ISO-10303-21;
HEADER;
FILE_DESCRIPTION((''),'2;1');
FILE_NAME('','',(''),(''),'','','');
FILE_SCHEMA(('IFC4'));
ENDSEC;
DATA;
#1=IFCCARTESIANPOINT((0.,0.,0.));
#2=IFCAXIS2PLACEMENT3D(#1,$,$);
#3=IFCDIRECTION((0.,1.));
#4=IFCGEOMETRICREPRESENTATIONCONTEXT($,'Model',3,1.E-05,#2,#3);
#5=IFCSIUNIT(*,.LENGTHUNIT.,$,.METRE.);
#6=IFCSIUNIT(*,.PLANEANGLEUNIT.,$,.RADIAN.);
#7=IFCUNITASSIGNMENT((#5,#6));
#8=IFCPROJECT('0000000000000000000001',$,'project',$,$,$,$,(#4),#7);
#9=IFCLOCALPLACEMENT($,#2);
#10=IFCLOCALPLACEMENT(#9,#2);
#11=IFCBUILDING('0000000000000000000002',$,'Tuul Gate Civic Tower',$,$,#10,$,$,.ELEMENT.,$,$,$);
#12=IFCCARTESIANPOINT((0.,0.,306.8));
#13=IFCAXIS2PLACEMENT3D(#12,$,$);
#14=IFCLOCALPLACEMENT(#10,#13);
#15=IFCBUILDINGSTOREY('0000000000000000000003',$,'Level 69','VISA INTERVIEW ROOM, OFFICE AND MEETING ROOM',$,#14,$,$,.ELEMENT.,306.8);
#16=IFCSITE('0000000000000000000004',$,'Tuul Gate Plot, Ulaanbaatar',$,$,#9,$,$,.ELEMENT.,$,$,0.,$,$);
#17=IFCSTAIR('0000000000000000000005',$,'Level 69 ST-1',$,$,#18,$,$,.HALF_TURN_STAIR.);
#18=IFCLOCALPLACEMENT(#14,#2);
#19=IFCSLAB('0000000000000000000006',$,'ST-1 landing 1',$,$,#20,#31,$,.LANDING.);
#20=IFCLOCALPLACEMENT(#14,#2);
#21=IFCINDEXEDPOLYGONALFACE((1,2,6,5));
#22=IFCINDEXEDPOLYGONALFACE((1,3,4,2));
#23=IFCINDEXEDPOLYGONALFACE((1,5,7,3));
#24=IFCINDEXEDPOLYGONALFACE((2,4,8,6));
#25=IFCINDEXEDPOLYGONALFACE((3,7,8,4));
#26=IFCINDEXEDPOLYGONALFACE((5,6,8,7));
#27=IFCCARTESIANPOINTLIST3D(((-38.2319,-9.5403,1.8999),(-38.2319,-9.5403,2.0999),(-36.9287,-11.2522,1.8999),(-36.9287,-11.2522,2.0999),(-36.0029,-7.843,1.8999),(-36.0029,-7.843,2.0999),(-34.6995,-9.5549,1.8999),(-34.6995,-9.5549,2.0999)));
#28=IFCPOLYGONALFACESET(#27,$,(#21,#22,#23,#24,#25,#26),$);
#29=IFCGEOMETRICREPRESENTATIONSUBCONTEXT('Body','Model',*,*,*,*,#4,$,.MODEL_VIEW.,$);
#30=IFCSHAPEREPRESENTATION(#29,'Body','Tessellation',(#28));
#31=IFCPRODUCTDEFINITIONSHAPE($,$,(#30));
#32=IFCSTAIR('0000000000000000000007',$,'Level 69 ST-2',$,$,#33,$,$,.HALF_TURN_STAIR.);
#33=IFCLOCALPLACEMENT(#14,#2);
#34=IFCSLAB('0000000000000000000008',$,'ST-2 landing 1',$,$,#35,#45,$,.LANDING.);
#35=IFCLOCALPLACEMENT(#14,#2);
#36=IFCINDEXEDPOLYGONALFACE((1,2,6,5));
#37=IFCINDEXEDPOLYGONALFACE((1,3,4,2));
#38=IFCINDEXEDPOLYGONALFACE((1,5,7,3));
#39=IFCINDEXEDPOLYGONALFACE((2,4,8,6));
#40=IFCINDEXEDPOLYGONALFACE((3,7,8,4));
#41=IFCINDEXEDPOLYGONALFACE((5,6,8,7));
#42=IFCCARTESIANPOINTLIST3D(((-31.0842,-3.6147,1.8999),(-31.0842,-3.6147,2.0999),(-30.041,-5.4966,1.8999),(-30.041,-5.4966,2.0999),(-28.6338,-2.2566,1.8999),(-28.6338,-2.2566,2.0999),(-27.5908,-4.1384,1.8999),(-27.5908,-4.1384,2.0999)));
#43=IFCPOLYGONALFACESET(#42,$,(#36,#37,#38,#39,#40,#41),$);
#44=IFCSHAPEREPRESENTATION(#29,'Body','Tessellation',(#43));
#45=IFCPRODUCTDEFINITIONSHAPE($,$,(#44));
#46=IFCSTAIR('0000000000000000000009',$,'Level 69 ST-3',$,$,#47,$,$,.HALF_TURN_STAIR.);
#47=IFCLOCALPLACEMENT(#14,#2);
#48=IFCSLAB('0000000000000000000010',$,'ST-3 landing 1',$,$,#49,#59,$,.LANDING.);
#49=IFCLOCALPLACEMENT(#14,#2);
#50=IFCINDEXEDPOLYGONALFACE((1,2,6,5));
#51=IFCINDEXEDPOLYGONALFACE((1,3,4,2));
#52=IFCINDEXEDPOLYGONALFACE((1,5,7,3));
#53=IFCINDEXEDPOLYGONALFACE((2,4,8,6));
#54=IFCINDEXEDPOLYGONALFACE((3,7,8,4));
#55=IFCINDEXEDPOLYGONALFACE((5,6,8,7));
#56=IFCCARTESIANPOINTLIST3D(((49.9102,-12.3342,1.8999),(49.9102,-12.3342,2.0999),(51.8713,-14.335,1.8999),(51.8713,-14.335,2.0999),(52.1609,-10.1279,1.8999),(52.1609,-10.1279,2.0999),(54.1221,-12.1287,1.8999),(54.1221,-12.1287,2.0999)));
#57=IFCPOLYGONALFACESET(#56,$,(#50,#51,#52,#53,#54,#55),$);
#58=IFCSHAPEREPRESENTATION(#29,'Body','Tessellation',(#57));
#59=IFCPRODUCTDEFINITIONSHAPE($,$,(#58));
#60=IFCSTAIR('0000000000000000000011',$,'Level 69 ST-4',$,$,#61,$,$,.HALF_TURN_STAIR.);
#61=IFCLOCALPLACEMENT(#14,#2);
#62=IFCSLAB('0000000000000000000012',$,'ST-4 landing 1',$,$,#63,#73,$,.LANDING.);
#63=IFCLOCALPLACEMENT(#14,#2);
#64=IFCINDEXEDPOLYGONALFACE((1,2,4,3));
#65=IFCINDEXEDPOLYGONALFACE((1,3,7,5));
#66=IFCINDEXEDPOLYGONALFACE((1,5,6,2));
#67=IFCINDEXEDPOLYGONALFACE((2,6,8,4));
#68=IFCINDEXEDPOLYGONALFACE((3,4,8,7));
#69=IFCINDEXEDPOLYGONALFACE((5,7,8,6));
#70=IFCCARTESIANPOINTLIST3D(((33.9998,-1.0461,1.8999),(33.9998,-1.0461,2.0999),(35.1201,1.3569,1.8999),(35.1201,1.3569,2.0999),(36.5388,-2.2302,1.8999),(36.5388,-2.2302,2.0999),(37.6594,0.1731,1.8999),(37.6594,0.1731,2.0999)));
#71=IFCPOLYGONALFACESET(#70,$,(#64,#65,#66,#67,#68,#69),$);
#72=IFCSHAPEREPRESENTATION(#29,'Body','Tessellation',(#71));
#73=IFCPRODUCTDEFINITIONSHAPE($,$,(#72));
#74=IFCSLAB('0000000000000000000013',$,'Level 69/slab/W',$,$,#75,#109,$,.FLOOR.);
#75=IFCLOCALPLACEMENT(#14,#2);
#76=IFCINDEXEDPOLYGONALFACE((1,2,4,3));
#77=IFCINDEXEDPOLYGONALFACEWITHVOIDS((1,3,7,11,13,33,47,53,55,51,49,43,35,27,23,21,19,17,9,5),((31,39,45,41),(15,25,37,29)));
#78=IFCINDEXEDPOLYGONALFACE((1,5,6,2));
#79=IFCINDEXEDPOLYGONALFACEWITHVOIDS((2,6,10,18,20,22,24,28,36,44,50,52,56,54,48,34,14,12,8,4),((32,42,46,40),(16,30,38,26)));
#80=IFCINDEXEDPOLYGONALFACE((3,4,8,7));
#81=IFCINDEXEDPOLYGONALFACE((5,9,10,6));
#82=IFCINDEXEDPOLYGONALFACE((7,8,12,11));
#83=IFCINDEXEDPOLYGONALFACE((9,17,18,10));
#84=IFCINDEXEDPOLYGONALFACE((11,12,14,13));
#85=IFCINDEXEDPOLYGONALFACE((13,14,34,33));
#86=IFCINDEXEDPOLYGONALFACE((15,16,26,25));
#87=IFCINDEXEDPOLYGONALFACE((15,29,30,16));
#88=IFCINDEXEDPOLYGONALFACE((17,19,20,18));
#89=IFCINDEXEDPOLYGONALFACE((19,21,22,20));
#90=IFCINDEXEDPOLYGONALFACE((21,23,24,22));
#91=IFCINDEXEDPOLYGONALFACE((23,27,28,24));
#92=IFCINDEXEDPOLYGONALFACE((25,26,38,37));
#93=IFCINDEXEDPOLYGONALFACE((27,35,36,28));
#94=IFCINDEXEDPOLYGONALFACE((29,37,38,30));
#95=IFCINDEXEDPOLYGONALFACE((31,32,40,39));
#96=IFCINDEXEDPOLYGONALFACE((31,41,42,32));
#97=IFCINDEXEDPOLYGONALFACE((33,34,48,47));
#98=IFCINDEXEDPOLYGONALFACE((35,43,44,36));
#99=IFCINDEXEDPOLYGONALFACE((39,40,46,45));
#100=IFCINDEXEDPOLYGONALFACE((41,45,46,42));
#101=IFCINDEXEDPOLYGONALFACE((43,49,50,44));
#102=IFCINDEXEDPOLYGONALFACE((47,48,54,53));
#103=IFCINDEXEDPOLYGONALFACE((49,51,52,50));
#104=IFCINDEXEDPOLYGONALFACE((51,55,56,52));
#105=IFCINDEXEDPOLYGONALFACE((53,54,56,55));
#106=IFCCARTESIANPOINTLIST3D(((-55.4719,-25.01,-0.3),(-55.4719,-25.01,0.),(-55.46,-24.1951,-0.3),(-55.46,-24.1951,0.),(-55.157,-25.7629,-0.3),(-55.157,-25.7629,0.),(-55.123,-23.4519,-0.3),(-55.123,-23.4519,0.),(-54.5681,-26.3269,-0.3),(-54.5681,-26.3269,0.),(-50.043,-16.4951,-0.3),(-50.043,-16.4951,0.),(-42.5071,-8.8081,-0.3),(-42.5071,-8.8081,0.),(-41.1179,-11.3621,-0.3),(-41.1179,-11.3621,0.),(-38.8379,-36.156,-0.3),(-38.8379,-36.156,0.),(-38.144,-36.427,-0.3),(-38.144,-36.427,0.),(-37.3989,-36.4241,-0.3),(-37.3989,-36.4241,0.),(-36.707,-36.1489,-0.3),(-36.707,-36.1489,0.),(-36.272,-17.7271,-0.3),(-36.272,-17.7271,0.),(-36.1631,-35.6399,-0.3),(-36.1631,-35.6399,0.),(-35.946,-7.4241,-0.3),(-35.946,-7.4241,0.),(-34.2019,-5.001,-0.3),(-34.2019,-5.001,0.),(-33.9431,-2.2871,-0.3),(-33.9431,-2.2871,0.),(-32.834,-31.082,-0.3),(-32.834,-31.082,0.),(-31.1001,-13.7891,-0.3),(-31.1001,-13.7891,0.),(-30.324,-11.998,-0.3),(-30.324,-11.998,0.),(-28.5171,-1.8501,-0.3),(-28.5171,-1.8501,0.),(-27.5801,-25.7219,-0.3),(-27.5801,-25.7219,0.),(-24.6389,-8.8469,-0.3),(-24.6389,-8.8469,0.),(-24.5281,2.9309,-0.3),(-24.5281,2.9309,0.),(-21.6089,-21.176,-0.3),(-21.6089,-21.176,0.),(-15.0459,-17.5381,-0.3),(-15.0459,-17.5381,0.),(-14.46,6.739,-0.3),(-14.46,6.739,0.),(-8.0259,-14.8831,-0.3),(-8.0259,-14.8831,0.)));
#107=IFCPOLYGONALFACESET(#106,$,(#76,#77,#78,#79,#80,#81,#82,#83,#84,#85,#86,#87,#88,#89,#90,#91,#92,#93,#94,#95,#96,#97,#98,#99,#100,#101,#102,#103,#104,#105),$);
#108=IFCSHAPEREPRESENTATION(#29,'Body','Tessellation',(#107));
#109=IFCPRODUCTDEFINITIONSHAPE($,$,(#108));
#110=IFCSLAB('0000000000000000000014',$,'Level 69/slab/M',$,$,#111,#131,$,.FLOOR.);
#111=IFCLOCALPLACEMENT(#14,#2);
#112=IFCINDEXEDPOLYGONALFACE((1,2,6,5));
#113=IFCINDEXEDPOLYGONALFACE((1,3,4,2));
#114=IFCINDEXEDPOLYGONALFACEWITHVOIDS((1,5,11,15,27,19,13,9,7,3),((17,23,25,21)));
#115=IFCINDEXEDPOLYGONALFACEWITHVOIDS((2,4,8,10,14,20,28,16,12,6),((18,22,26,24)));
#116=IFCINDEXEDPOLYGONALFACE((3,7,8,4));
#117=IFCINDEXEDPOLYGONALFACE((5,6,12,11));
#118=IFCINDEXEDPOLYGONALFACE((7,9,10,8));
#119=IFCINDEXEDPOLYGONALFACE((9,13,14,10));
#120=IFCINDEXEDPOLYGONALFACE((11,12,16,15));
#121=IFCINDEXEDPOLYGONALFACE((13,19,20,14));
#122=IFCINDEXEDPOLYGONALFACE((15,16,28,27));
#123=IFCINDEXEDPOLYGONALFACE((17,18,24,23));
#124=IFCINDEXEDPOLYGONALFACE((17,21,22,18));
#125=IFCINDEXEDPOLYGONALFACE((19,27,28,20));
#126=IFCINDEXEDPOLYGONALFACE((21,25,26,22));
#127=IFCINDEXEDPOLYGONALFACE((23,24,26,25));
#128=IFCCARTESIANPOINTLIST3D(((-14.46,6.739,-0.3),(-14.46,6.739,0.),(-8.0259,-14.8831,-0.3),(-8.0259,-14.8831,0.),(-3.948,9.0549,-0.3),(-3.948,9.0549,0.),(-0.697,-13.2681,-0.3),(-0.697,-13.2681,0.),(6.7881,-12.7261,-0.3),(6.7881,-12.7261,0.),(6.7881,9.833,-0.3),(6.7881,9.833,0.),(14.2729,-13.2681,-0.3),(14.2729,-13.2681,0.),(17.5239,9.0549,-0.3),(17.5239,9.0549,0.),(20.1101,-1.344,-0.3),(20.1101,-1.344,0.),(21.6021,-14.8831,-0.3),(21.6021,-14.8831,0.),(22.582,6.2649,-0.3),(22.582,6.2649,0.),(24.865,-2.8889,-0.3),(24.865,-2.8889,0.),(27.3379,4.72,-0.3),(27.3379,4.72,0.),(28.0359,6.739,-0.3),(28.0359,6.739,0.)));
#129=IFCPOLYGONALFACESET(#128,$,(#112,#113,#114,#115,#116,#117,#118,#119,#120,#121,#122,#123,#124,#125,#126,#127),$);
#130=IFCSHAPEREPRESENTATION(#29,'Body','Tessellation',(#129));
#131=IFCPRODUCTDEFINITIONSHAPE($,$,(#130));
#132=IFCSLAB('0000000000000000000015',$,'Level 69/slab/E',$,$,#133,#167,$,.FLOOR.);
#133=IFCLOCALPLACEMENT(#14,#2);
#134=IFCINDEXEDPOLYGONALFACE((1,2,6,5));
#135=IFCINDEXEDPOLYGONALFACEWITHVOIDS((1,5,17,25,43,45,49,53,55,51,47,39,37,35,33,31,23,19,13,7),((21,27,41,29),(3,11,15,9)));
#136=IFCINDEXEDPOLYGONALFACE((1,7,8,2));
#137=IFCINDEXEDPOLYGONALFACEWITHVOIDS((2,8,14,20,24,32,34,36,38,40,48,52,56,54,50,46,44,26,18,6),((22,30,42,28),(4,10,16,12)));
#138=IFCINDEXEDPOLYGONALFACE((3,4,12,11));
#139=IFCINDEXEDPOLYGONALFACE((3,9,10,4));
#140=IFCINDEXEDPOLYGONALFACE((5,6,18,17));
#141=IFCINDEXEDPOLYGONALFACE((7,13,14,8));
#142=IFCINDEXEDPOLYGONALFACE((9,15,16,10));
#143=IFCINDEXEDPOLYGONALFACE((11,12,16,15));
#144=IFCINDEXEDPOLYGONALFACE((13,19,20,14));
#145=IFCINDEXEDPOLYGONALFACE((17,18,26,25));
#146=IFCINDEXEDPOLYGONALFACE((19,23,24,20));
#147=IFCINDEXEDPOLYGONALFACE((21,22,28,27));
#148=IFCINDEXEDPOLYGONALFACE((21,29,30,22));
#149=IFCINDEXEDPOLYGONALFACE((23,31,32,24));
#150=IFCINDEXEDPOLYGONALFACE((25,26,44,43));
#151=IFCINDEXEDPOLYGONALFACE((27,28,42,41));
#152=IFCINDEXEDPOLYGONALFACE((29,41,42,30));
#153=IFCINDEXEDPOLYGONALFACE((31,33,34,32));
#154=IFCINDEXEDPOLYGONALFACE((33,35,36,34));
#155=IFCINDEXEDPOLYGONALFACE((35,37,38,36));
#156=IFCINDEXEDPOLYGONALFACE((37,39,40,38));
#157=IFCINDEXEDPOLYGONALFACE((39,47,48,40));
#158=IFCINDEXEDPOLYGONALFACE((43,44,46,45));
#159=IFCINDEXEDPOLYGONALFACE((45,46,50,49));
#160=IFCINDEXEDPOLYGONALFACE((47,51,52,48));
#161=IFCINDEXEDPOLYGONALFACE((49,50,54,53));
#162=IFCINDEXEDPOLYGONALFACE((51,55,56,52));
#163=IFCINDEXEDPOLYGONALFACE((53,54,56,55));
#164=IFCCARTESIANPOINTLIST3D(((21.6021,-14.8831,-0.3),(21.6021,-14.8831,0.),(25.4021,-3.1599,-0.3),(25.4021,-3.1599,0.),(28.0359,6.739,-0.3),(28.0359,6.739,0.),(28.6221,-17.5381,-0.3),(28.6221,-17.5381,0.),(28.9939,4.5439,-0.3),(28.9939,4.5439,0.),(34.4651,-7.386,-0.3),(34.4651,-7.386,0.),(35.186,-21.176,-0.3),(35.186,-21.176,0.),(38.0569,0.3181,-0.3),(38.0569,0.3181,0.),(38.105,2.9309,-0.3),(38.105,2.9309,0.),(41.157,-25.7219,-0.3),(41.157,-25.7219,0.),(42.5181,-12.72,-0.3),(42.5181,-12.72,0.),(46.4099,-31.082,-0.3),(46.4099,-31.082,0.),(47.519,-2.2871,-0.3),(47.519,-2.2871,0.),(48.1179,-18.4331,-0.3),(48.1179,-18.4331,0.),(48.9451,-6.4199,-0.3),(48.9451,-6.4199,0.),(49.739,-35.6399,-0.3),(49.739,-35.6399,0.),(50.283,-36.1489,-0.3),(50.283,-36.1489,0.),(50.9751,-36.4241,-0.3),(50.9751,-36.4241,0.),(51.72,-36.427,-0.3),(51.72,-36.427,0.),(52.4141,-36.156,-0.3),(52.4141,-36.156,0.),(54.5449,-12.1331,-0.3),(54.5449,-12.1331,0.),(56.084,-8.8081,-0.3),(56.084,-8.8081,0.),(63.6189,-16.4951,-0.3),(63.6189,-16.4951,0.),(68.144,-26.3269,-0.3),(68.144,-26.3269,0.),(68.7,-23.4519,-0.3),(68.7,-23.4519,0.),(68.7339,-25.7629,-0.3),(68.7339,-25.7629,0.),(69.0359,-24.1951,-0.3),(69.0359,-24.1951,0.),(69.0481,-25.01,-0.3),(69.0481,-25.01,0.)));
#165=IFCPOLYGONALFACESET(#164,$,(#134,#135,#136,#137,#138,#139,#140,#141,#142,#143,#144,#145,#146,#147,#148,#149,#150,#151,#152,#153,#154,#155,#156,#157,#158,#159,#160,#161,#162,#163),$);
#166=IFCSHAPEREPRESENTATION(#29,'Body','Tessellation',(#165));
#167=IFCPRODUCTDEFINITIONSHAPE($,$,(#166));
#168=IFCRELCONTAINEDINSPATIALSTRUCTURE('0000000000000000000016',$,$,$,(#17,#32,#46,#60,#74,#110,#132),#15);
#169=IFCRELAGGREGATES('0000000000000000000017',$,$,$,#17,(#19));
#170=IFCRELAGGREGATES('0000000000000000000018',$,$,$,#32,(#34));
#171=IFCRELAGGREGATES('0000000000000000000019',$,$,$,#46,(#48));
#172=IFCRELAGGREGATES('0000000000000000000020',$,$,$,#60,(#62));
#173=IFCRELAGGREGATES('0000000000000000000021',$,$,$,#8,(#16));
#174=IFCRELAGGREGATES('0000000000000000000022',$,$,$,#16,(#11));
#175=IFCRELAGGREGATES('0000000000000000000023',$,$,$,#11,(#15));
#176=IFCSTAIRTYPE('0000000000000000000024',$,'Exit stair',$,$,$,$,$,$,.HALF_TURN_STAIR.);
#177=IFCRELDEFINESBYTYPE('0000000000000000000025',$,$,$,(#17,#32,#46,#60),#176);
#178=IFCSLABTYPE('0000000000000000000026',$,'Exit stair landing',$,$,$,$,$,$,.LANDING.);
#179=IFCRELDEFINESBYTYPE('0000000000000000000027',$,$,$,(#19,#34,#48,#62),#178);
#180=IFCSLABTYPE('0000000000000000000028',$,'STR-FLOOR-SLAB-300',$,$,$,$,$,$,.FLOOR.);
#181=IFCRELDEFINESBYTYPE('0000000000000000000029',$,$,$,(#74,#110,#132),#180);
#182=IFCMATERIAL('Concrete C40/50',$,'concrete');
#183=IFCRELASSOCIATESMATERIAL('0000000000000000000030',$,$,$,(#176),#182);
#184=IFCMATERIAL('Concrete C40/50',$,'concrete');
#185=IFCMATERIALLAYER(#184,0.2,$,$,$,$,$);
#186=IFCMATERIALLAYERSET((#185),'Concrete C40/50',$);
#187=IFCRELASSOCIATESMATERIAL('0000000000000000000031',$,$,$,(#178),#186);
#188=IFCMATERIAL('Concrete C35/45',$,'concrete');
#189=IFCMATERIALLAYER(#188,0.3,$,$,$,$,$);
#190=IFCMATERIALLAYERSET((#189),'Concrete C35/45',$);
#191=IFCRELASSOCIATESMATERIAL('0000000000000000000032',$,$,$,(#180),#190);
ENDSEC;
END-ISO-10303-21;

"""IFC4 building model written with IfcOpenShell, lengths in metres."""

from ifc_helpers import new_model, si_unit, direction, frame, origin, place, context, subcontext, project, spatial, polyline, outline, extrude, material, layer, layer_set, type_object, element, aggregate, save


model = new_model("IFC4")

# Units and contexts
model_context = context("Model", 3, precision=1e-05, world=origin(), true_north=direction((0.0, 1.0)))
body_context = subcontext(model_context, "Body", "Model", "MODEL_VIEW")
ifc_project = project(units=[si_unit("LENGTHUNIT", "METRE"), si_unit("PLANEANGLEUNIT", "RADIAN")], contexts=[model_context])

# Site, building, storey
site_placement = place(None, origin())
site = spatial("IfcSite", under=ifc_project, at=site_placement, Name="Tuul Gate Plot, Ulaanbaatar", CompositionType="ELEMENT", RefElevation=0.0)
building_placement = place(site_placement, origin())
building = spatial("IfcBuilding", under=site, at=building_placement, Name="Tuul Gate Civic Tower", CompositionType="ELEMENT")
storey_placement = place(building_placement, frame((0.0, 0.0, 306.8)))
storey = spatial("IfcBuildingStorey", under=building, at=storey_placement, Name="Level 69", Description="VISA INTERVIEW ROOM, OFFICE AND MEETING ROOM", CompositionType="ELEMENT", Elevation=306.8)

# Stairs, slabs
ifc_material_1 = material(Name="Concrete C40/50", Category="concrete")
stair_type = type_object("IfcStairType", Name="Exit stair", PredefinedType="HALF_TURN_STAIR", material=ifc_material_1)
stair_1_placement = place(storey_placement, origin())
stair_1 = element("IfcStair", 1, at=stair_1_placement, inside=storey, type_object=stair_type, Name="Level 69 ST-1", PredefinedType="HALF_TURN_STAIR")
ifc_material_2 = material(Name="Concrete C40/50", Category="concrete")
ifc_layer_1 = layer(ifc_material_2, 0.2)
ifc_layer_set_1 = layer_set([ifc_layer_1], Name="Concrete C40/50")
slab_type_1 = type_object("IfcSlabType", Name="Exit stair landing", PredefinedType="LANDING", material=ifc_layer_set_1)
slab_1_placement = place(storey_placement, frame((0.0, 0.0, 1.8999)))
slab_1 = element("IfcSlab", 2, at=slab_1_placement, type_object=slab_type_1, Name="ST-1 landing 1", PredefinedType="LANDING", context=body_context, shape_type="SweptSolid", body=[
    extrude(outline(polyline([(-34.6995, -9.5549), (-36.9287, -11.2522), (-38.2319, -9.5403), (-36.0029, -7.843), (-34.6995, -9.5549)])), origin(), (0.0, 0.0, 1.0), 0.2),
])
aggregate(stair_1, [slab_1])
stair_2_placement = place(storey_placement, origin())
stair_2 = element("IfcStair", 3, at=stair_2_placement, inside=storey, type_object=stair_type, Name="Level 69 ST-2", PredefinedType="HALF_TURN_STAIR")
slab_2_placement = place(storey_placement, frame((0.0, 0.0, 1.8999)))
slab_2 = element("IfcSlab", 4, at=slab_2_placement, type_object=slab_type_1, Name="ST-2 landing 1", PredefinedType="LANDING", context=body_context, shape_type="SweptSolid", body=[
    extrude(outline(polyline([(-27.5908, -4.1384), (-30.041, -5.4966), (-31.0842, -3.6147), (-28.6338, -2.2566), (-27.5908, -4.1384)])), origin(), (0.0, 0.0, 1.0), 0.2),
])
aggregate(stair_2, [slab_2])
stair_3_placement = place(storey_placement, origin())
stair_3 = element("IfcStair", 5, at=stair_3_placement, inside=storey, type_object=stair_type, Name="Level 69 ST-3", PredefinedType="HALF_TURN_STAIR")
slab_3_placement = place(storey_placement, frame((0.0, 0.0, 1.8999)))
slab_3 = element("IfcSlab", 6, at=slab_3_placement, type_object=slab_type_1, Name="ST-3 landing 1", PredefinedType="LANDING", context=body_context, shape_type="SweptSolid", body=[
    extrude(outline(polyline([(51.8713, -14.335), (49.9102, -12.3342), (52.1609, -10.1279), (54.1221, -12.1287), (51.8713, -14.335)])), origin(), (0.0, 0.0, 1.0), 0.2),
])
aggregate(stair_3, [slab_3])
stair_4_placement = place(storey_placement, origin())
stair_4 = element("IfcStair", 7, at=stair_4_placement, inside=storey, type_object=stair_type, Name="Level 69 ST-4", PredefinedType="HALF_TURN_STAIR")
slab_4_placement = place(storey_placement, frame((0.0, 0.0, 1.8999)))
slab_4 = element("IfcSlab", 8, at=slab_4_placement, type_object=slab_type_1, Name="ST-4 landing 1", PredefinedType="LANDING", context=body_context, shape_type="SweptSolid", body=[
    extrude(outline(polyline([(36.5388, -2.2302), (33.9998, -1.0461), (35.1201, 1.3569), (37.6594, 0.1731), (36.5388, -2.2302)])), origin(), (0.0, 0.0, 1.0), 0.2),
])
aggregate(stair_4, [slab_4])

# Slabs
ifc_material_3 = material(Name="Concrete C35/45", Category="concrete")
ifc_layer_2 = layer(ifc_material_3, 0.3)
ifc_layer_set_2 = layer_set([ifc_layer_2], Name="Concrete C35/45")
slab_type_2 = type_object("IfcSlabType", Name="STR-FLOOR-SLAB-300", PredefinedType="FLOOR", material=ifc_layer_set_2)
slab_5_placement = place(storey_placement, frame((0.0, 0.0, -0.3)))
element("IfcSlab", 9, at=slab_5_placement, inside=storey, type_object=slab_type_2, Name="Level 69/slab/W", PredefinedType="FLOOR", context=body_context, shape_type="SweptSolid", body=[
    extrude(outline(polyline([(-8.0259, -14.8831), (-14.46, 6.739), (-24.5281, 2.9309), (-33.9431, -2.2871), (-42.5071, -8.8081), (-50.043, -16.4951), (-55.123, -23.4519), (-55.46, -24.1951), (-55.4719, -25.01), (-55.157, -25.7629), (-54.5681, -26.3269), (-38.8379, -36.156), (-38.144, -36.427), (-37.3989, -36.4241), (-36.707, -36.1489), (-36.1631, -35.6399), (-32.834, -31.082), (-27.5801, -25.7219), (-21.6089, -21.176), (-15.0459, -17.5381), (-8.0259, -14.8831)]), holes=[polyline([(-31.1001, -13.7891), (-36.272, -17.7271), (-41.1179, -11.3621), (-35.946, -7.4241), (-31.1001, -13.7891)]), polyline([(-24.6389, -8.8469), (-30.324, -11.998), (-34.2019, -5.001), (-28.5171, -1.8501), (-24.6389, -8.8469)])]), origin(), (0.0, 0.0, 1.0), 0.3),
])
slab_6_placement = place(storey_placement, frame((0.0, 0.0, -0.3)))
element("IfcSlab", 10, at=slab_6_placement, inside=storey, type_object=slab_type_2, Name="Level 69/slab/M", PredefinedType="FLOOR", context=body_context, shape_type="SweptSolid", body=[
    extrude(outline(polyline([(21.6021, -14.8831), (28.0359, 6.739), (17.5239, 9.0549), (6.7881, 9.833), (-3.948, 9.0549), (-14.46, 6.739), (-8.0259, -14.8831), (-0.697, -13.2681), (6.7881, -12.7261), (14.2729, -13.2681), (21.6021, -14.8831)]), holes=[polyline([(20.1101, -1.344), (22.582, 6.2649), (27.3379, 4.72), (24.865, -2.8889), (20.1101, -1.344)])]), origin(), (0.0, 0.0, 1.0), 0.3),
])
slab_7_placement = place(storey_placement, frame((0.0, 0.0, -0.3)))
element("IfcSlab", 11, at=slab_7_placement, inside=storey, type_object=slab_type_2, Name="Level 69/slab/E", PredefinedType="FLOOR", context=body_context, shape_type="SweptSolid", body=[
    extrude(outline(polyline([(51.72, -36.427), (52.4141, -36.156), (68.144, -26.3269), (68.7339, -25.7629), (69.0481, -25.01), (69.0359, -24.1951), (68.7, -23.4519), (63.6189, -16.4951), (56.084, -8.8081), (47.519, -2.2871), (38.105, 2.9309), (28.0359, 6.739), (21.6021, -14.8831), (28.6221, -17.5381), (35.186, -21.176), (41.157, -25.7219), (46.4099, -31.082), (49.739, -35.6399), (50.283, -36.1489), (50.9751, -36.4241), (51.72, -36.427)]), holes=[polyline([(48.1179, -18.4331), (42.5181, -12.72), (48.9451, -6.4199), (54.5449, -12.1331), (48.1179, -18.4331)]), polyline([(25.4021, -3.1599), (28.9939, 4.5439), (38.0569, 0.3181), (34.4651, -7.386), (25.4021, -3.1599)])]), origin(), (0.0, 0.0, 1.0), 0.3),
])

save(model, "model.ifc")
